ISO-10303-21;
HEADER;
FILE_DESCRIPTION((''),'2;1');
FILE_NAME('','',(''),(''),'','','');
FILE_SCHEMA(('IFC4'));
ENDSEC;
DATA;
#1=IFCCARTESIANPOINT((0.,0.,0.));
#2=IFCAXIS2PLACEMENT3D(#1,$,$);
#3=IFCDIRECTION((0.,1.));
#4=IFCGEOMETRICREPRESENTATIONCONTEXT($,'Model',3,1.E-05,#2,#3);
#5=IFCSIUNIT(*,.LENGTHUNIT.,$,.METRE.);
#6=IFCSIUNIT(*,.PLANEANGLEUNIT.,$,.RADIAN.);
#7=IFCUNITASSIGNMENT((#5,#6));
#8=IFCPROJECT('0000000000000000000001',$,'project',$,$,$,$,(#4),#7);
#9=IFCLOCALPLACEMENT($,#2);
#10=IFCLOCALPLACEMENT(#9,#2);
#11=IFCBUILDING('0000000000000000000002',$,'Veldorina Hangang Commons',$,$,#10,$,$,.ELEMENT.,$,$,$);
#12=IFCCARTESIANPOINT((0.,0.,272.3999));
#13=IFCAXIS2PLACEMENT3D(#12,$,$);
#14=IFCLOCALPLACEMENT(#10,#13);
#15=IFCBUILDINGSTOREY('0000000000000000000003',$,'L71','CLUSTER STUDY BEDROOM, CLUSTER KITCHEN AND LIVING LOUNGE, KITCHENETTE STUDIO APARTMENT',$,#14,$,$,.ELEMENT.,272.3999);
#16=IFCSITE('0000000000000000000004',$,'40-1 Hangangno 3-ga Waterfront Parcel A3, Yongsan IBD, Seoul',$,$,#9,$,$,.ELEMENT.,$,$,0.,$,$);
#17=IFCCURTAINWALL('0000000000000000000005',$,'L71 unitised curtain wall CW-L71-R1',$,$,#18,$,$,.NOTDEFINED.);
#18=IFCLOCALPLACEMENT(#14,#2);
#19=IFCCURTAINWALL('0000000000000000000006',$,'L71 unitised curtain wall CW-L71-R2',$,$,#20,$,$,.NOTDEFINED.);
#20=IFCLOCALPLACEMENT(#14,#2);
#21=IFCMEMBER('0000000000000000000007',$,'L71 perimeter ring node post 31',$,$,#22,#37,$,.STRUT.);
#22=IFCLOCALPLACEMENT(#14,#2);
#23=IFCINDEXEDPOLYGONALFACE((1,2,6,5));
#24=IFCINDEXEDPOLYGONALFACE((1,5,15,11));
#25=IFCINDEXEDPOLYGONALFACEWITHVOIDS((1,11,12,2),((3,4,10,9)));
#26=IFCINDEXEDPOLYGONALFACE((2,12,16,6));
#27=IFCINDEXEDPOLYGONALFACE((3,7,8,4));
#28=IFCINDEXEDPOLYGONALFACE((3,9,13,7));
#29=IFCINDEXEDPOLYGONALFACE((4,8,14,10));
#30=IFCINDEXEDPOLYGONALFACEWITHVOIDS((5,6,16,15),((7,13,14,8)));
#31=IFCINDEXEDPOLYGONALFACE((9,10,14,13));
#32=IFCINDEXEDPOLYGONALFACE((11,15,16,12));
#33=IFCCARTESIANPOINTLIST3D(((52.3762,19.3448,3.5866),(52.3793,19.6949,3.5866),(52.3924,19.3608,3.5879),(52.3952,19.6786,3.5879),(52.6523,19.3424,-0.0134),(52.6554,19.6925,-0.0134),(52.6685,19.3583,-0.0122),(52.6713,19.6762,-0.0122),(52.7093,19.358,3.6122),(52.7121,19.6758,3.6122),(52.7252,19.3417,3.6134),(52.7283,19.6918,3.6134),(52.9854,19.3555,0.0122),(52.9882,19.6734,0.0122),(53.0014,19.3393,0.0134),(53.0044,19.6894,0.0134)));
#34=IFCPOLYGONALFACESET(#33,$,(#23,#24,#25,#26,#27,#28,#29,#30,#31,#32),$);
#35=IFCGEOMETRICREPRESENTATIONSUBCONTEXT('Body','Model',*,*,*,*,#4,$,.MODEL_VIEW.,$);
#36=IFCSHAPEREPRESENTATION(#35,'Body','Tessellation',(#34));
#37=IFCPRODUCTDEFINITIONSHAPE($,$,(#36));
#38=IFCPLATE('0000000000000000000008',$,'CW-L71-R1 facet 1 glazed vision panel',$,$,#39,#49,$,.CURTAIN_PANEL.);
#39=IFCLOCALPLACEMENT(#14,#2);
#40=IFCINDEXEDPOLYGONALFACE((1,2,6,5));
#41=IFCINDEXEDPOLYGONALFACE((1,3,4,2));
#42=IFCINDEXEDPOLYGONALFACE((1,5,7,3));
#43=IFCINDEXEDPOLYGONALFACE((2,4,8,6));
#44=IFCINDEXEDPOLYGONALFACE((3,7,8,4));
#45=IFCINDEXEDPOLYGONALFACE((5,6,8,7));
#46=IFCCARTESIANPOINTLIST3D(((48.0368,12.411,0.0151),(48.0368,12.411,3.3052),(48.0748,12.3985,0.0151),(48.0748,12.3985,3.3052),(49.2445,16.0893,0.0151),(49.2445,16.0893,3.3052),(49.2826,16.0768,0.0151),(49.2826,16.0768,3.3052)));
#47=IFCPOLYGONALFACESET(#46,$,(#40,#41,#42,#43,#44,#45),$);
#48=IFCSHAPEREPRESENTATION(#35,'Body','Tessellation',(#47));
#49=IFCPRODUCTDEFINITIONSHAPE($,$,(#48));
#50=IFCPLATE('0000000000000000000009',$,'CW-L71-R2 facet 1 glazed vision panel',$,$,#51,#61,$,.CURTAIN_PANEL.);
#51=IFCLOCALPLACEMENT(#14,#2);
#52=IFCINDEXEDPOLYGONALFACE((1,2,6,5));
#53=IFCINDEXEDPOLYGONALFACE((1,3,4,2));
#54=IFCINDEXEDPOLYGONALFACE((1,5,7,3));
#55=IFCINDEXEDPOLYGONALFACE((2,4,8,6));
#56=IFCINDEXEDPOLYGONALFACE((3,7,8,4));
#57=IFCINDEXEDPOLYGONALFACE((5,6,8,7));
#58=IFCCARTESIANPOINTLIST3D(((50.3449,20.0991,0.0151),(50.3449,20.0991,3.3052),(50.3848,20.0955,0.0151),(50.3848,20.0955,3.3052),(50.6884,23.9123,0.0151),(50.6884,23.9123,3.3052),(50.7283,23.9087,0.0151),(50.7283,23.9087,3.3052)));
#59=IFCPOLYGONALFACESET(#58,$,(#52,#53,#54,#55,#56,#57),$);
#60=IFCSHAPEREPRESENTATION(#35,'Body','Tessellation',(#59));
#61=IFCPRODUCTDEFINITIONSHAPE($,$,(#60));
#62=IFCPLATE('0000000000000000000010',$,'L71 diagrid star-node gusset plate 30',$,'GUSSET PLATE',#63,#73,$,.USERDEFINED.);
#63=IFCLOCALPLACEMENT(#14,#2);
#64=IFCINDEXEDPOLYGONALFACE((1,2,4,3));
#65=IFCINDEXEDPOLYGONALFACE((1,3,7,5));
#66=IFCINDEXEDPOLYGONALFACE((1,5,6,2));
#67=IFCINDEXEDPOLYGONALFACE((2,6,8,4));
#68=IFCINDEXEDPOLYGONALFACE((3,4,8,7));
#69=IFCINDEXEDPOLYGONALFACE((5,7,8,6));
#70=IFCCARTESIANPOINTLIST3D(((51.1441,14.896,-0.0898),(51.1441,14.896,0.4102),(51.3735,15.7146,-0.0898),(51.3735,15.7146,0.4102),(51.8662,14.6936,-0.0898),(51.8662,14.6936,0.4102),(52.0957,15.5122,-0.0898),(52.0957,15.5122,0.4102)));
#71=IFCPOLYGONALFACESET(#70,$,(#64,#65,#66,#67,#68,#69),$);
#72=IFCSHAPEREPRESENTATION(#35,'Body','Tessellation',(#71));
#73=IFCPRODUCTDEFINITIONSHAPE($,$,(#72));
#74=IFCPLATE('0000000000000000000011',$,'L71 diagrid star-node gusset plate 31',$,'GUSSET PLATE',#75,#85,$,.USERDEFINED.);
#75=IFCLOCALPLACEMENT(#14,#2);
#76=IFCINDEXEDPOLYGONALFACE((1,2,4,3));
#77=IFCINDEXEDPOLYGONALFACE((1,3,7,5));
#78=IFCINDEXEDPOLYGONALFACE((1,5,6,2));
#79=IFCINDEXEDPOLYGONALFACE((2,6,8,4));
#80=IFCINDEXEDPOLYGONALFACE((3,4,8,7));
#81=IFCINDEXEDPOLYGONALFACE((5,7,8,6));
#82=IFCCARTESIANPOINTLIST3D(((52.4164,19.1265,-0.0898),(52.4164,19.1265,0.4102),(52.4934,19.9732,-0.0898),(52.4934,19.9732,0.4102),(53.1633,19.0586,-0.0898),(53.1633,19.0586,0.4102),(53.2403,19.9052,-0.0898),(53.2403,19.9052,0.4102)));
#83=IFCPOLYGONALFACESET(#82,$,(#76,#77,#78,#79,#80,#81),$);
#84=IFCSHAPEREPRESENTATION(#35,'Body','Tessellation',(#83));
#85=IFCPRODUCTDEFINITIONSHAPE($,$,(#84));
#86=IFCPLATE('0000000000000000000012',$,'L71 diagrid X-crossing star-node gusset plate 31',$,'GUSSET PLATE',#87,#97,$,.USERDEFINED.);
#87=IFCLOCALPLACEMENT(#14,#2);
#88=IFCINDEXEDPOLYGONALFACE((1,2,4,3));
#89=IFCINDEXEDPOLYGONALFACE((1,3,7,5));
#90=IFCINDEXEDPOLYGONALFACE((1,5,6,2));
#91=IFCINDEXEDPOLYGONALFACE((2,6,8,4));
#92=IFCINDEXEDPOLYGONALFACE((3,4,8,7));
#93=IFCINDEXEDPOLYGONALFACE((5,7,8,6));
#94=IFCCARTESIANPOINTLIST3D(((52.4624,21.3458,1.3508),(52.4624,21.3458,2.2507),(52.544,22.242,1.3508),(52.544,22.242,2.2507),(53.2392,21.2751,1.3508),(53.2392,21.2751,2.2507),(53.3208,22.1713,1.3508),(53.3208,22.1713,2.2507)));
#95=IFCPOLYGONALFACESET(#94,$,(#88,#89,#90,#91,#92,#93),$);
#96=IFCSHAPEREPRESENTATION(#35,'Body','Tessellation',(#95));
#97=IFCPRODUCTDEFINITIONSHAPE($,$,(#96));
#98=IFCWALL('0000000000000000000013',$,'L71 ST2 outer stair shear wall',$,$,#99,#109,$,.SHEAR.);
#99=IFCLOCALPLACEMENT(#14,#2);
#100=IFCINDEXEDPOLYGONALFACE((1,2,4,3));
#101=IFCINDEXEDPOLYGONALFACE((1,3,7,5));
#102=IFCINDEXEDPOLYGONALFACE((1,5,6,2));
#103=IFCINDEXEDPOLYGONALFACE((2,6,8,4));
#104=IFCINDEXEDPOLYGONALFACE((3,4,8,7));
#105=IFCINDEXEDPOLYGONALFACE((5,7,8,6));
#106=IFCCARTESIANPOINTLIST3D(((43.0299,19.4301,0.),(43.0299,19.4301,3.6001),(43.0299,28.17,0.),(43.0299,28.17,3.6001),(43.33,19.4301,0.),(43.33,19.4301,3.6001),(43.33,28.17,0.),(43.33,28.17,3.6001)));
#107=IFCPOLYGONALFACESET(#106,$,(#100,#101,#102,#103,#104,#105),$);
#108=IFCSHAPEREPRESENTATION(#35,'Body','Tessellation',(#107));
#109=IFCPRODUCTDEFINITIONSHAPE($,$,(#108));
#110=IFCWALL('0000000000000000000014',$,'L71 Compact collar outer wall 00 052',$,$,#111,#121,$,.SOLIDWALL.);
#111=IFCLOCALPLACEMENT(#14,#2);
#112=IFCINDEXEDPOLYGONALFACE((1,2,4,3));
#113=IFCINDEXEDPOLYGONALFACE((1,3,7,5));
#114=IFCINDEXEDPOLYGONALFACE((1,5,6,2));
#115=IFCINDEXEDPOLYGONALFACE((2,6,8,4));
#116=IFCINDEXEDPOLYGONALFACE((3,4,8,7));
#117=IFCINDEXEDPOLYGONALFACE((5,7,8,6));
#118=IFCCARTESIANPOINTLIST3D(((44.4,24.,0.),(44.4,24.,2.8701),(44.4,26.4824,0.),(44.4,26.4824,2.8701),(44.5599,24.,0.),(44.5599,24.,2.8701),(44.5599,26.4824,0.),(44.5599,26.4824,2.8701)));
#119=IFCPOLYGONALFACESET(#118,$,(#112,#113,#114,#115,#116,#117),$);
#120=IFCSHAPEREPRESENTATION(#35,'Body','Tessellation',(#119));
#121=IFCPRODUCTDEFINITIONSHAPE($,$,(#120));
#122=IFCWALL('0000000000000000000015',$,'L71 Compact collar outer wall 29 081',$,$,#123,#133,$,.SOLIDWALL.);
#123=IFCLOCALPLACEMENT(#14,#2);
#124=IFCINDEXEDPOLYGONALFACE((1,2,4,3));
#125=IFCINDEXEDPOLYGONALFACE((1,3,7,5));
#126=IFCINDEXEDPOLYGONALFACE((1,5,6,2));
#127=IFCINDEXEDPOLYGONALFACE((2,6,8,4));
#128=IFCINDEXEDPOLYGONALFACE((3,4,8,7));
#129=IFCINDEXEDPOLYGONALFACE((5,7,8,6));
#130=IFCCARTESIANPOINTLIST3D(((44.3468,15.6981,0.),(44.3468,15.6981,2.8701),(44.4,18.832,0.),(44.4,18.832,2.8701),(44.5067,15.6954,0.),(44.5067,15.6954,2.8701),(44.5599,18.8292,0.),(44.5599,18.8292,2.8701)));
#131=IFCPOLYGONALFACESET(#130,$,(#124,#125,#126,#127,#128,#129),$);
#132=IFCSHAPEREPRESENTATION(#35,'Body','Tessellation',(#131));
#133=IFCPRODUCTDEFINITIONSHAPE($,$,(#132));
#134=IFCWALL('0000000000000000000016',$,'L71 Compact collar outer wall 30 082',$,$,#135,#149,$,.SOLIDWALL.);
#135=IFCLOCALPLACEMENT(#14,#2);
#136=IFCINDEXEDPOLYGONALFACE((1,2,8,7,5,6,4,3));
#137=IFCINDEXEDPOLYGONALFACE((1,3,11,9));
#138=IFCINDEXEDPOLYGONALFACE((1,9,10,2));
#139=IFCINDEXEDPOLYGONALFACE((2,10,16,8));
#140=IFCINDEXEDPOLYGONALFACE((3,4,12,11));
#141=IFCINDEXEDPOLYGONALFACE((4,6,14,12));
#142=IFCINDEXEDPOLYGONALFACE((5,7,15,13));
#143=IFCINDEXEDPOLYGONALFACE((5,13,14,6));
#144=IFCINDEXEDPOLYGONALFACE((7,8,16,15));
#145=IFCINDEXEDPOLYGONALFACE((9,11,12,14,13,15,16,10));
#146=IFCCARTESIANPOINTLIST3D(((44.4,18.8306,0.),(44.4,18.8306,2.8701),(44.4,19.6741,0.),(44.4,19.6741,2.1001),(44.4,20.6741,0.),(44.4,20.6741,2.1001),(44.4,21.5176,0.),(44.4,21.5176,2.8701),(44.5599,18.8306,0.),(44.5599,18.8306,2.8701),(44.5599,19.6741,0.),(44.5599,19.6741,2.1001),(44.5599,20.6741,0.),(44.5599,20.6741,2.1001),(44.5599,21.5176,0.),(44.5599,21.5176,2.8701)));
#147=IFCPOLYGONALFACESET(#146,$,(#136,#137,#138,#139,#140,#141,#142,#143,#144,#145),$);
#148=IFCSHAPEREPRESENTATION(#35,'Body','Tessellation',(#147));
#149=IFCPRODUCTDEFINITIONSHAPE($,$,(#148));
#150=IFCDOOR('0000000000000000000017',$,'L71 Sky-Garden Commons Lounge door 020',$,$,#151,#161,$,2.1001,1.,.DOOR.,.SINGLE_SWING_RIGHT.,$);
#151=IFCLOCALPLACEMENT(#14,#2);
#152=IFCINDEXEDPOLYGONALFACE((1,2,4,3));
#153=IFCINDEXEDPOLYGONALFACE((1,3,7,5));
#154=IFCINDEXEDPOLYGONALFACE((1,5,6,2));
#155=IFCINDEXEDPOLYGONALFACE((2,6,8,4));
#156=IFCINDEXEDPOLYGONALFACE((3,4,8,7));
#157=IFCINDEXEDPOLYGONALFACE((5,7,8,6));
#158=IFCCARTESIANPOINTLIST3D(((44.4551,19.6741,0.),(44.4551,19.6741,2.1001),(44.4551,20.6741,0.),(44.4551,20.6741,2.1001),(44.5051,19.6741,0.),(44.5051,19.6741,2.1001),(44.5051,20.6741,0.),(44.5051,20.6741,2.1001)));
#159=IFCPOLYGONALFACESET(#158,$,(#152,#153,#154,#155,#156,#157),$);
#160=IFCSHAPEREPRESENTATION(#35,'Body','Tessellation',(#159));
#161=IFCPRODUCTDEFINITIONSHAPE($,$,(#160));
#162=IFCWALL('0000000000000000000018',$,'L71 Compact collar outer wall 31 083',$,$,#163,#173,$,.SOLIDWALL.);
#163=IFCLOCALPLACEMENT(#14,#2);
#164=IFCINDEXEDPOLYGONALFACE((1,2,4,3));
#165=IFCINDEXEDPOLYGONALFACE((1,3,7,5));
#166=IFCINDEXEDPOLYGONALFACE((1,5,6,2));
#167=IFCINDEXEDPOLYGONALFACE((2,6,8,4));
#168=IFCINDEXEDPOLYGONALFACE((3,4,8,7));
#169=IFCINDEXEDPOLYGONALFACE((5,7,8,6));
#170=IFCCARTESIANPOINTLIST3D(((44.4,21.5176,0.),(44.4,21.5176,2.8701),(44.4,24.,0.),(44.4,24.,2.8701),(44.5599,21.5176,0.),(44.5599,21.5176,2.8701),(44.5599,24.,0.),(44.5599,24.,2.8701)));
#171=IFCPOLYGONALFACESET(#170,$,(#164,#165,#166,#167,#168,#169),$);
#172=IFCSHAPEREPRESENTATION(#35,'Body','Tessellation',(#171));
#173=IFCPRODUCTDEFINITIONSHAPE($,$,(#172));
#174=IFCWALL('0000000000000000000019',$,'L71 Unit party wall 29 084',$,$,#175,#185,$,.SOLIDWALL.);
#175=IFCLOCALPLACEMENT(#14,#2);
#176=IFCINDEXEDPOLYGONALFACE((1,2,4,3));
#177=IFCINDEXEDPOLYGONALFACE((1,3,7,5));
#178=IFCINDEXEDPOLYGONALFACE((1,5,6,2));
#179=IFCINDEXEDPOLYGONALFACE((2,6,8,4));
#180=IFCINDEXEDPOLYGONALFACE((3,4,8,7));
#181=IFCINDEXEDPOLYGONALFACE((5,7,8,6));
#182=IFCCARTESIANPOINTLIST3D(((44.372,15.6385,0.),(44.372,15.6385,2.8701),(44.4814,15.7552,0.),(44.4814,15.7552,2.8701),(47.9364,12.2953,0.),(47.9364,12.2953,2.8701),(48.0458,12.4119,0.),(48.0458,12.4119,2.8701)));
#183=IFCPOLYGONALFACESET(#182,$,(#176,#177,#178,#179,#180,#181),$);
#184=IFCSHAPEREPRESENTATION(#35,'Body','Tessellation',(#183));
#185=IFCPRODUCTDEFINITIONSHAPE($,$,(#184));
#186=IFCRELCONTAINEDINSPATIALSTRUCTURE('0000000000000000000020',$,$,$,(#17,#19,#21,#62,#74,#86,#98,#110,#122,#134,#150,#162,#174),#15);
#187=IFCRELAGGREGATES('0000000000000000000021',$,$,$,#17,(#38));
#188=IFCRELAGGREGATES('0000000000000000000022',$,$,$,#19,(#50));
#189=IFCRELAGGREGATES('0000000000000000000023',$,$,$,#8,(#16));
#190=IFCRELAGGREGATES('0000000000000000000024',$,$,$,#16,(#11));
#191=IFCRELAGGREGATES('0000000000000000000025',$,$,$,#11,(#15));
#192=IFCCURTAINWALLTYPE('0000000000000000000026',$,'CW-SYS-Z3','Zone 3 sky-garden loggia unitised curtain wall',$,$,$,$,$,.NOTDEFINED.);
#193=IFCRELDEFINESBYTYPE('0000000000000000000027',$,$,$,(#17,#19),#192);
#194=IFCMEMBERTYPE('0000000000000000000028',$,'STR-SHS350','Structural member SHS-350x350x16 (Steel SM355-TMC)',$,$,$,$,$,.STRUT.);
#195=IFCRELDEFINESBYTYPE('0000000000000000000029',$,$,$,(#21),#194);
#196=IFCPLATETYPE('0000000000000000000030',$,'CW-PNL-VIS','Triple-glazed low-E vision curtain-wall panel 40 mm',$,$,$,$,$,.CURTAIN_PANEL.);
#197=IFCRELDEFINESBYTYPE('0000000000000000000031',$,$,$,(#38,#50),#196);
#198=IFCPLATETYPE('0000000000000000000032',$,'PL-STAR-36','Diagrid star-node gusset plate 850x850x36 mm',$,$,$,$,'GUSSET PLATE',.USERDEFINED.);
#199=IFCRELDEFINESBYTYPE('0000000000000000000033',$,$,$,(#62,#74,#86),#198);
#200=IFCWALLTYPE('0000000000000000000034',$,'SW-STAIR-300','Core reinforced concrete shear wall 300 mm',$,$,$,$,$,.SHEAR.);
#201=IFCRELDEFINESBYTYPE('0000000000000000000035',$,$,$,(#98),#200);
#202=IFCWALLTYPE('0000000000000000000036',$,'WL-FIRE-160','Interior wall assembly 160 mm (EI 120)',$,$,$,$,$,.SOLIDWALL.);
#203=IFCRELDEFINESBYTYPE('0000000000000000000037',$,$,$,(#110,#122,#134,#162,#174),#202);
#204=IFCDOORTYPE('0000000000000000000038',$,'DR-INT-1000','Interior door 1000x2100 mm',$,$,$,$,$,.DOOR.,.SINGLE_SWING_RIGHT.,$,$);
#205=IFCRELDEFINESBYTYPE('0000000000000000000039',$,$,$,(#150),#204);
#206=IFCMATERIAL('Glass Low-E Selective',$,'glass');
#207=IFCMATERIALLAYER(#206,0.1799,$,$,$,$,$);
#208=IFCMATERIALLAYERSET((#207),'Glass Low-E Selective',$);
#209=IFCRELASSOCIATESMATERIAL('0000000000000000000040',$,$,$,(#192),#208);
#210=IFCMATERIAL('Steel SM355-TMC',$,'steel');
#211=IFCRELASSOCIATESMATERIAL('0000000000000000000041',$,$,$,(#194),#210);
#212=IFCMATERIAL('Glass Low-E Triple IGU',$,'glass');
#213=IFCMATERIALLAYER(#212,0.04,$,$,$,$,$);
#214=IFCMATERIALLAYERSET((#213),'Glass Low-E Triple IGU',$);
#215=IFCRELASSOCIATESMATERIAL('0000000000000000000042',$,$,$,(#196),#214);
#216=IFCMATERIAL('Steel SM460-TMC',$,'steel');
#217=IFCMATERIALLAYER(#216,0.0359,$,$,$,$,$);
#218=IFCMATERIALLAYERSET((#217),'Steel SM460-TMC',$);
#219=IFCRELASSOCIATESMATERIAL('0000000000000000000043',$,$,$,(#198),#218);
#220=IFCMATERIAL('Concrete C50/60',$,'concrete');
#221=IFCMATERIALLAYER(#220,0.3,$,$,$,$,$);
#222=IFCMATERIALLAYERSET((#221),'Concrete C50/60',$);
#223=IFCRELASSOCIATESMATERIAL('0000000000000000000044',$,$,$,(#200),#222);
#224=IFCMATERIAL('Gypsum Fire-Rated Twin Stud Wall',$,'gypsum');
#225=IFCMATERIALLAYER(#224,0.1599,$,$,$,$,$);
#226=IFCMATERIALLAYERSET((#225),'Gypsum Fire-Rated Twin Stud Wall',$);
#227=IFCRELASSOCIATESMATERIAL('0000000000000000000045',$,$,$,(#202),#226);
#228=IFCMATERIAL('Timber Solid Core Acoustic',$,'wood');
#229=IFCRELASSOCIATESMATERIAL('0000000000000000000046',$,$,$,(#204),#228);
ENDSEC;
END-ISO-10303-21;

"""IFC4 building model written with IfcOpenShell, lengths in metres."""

from ifc_helpers import new_model, si_unit, direction, frame, frame_2d, origin, origin_2d, place, context, subcontext, project, spatial, rectangle, hollow_rectangle, extrude, material, layer, layer_set, material_profile, profile_set, type_object, element, fill, aggregate, save


model = new_model("IFC4")

# Units and contexts
model_context = context("Model", 3, precision=1e-05, world=origin(), true_north=direction((0.0, 1.0)))
body_context = subcontext(model_context, "Body", "Model", "MODEL_VIEW")
ifc_project = project(units=[si_unit("LENGTHUNIT", "METRE"), si_unit("PLANEANGLEUNIT", "RADIAN")], contexts=[model_context])

# Site, building, storey
site_placement = place(None, origin())
site = spatial("IfcSite", under=ifc_project, at=site_placement, Name="40-1 Hangangno 3-ga Waterfront Parcel A3, Yongsan IBD, Seoul", CompositionType="ELEMENT", RefElevation=0.0)
building_placement = place(site_placement, origin())
building = spatial("IfcBuilding", under=site, at=building_placement, Name="Veldorina Hangang Commons", CompositionType="ELEMENT")
storey_placement = place(building_placement, frame((0.0, 0.0, 272.3999)))
storey = spatial("IfcBuildingStorey", under=building, at=storey_placement, Name="L71", Description="CLUSTER STUDY BEDROOM, CLUSTER KITCHEN AND LIVING LOUNGE, KITCHENETTE STUDIO APARTMENT", CompositionType="ELEMENT", Elevation=272.3999)

# Shared definitions
ifc_material_1 = material(Name="Steel SM355-TMC", Category="steel")

# Curtain wall
ifc_material_2 = material(Name="Glass Low-E Selective", Category="glass")
ifc_layer_1 = layer(ifc_material_2, 0.1799)
ifc_layer_set_1 = layer_set([ifc_layer_1], Name="Glass Low-E Selective")
curtain_wall_type = type_object("IfcCurtainWallType", Name="CW-SYS-Z3", Description="Zone 3 sky-garden loggia unitised curtain wall", PredefinedType="NOTDEFINED", material=ifc_layer_set_1)
curtain_wall_1_placement = place(storey_placement, origin())
curtain_wall_1 = element("IfcCurtainWall", 1, at=curtain_wall_1_placement, inside=storey, type_object=curtain_wall_type, Name="L71 unitised curtain wall CW-L71-R1", PredefinedType="NOTDEFINED")

# Curtain wall
curtain_wall_2_placement = place(storey_placement, origin())
curtain_wall_2 = element("IfcCurtainWall", 2, at=curtain_wall_2_placement, inside=storey, type_object=curtain_wall_type, Name="L71 unitised curtain wall CW-L71-R2", PredefinedType="NOTDEFINED")

# Member
ifc_material_profile_1 = material_profile(ifc_material_1, hollow_rectangle(XDim=0.3501, YDim=0.3501, WallThickness=0.0161, at=origin_2d()), Name="SHS-350x350x16")
ifc_profile_set_1 = profile_set([ifc_material_profile_1], Name="Steel SM355-TMC")
member_type_1 = type_object("IfcMemberType", Name="STR-SHS350", Description="Structural member SHS-350x350x16 (Steel SM355-TMC)", PredefinedType="STRUT", material=ifc_profile_set_1)
member_1_placement = place(storey_placement, frame((52.8284, 19.5159, 0.0), z_axis=(-0.076474, 0.000676, 0.997071), x_axis=(-0.008841, -0.999961, 0.0)))
element("IfcMember", 3, at=member_1_placement, inside=storey, type_object=member_type_1, Name="L71 perimeter ring node post 31", PredefinedType="STRUT", context=body_context, shape_type="SweptSolid", body=[
    extrude(hollow_rectangle(XDim=0.3501, YDim=0.3501, WallThickness=0.0161, at=origin_2d()), origin(), (0.0, 0.0, 1.0), 3.6106),
])

# Plates
ifc_material_3 = material(Name="Glass Low-E Triple IGU", Category="glass")
ifc_layer_2 = layer(ifc_material_3, 0.04)
ifc_layer_set_2 = layer_set([ifc_layer_2], Name="Glass Low-E Triple IGU")
plate_type_1 = type_object("IfcPlateType", Name="CW-PNL-VIS", Description="Triple-glazed low-E vision curtain-wall panel 40 mm", PredefinedType="CURTAIN_PANEL", material=ifc_layer_set_2)
plate_1_placement = place(storey_placement, frame((48.6597, 14.2439, 0.0151), z_axis=(0.0, 0.0, 1.0), x_axis=(0.311954, 0.950097, 0.0)))
plate_1 = element("IfcPlate", 4, at=plate_1_placement, type_object=plate_type_1, Name="CW-L71-R1 facet 1 glazed vision panel", PredefinedType="CURTAIN_PANEL", context=body_context, shape_type="SweptSolid", body=[
    extrude(rectangle(XDim=3.8716, YDim=0.04, at=origin_2d()), origin(), (0.0, 0.0, 1.0), 3.29),
])
aggregate(curtain_wall_1, [plate_1])
plate_2_placement = place(storey_placement, frame((50.5366, 22.0039, 0.0151), z_axis=(0.0, 0.0, 1.0), x_axis=(0.089711, 0.995968, 0.0)))
plate_2 = element("IfcPlate", 5, at=plate_2_placement, type_object=plate_type_1, Name="CW-L71-R2 facet 1 glazed vision panel", PredefinedType="CURTAIN_PANEL", context=body_context, shape_type="SweptSolid", body=[
    extrude(rectangle(XDim=3.8286, YDim=0.04, at=origin_2d()), origin(), (0.0, 0.0, 1.0), 3.29),
])
aggregate(curtain_wall_2, [plate_2])

# Plates
ifc_material_4 = material(Name="Steel SM460-TMC", Category="steel")
ifc_layer_3 = layer(ifc_material_4, 0.0359)
ifc_layer_set_3 = layer_set([ifc_layer_3], Name="Steel SM460-TMC")
plate_type_2 = type_object("IfcPlateType", Name="PL-STAR-36", Description="Diagrid star-node gusset plate 850x850x36 mm", ElementType="GUSSET PLATE", PredefinedType="USERDEFINED", material=ifc_layer_set_3)
for number, where, z_axis, x_axis, name in (
    (6, (51.6199, 15.2041, -0.0898), (0.0, 0.0, 1.0), (0.269878, 0.962895, 0.0), "L71 diagrid star-node gusset plate 30"),
    (7, (52.8284, 19.5159, -0.0898), (0.0, 0.0, 1.0), (0.090615, 0.995886, 0.0), "L71 diagrid star-node gusset plate 31"),
):
    element("IfcPlate", number, at=place(storey_placement, frame(where, z_axis=z_axis, x_axis=x_axis)), inside=storey, type_object=plate_type_2, Name=name, ObjectType="GUSSET PLATE", PredefinedType="USERDEFINED", context=body_context, shape_type="SweptSolid", body=[
        extrude(rectangle(XDim=0.8501, YDim=0.75, at=origin_2d()), origin(), (0.0, 0.0, 1.0), 0.5),
    ])
plate_3_placement = place(storey_placement, frame((52.8916, 21.7585, 1.3508), z_axis=(0.0, 0.0, 1.0), x_axis=(0.090615, 0.995886, 0.0)))
element("IfcPlate", 8, at=plate_3_placement, inside=storey, type_object=plate_type_2, Name="L71 diagrid X-crossing star-node gusset plate 31", ObjectType="GUSSET PLATE", PredefinedType="USERDEFINED", context=body_context, shape_type="SweptSolid", body=[
    extrude(rectangle(XDim=0.8999, YDim=0.78, at=origin_2d()), origin(), (0.0, 0.0, 1.0), 0.8999),
])

# Walls
ifc_material_5 = material(Name="Concrete C50/60", Category="concrete")
ifc_layer_4 = layer(ifc_material_5, 0.3)
ifc_layer_set_4 = layer_set([ifc_layer_4], Name="Concrete C50/60")
wall_type_1 = type_object("IfcWallType", Name="SW-STAIR-300", Description="Core reinforced concrete shear wall 300 mm", PredefinedType="SHEAR", material=ifc_layer_set_4)
wall_1_placement = place(storey_placement, frame((43.1799, 19.4299, 0.0), z_axis=(0.0, 0.0, 1.0), x_axis=(0.0, 1.0, 0.0)))
element("IfcWall", 9, at=wall_1_placement, inside=storey, type_object=wall_type_1, Name="L71 ST2 outer stair shear wall", PredefinedType="SHEAR", context=body_context, shape_type="SweptSolid", body=[
    extrude(rectangle(XDim=8.74, YDim=0.3, at=frame_2d((4.3701, 0.0))), origin(), (0.0, 0.0, 1.0), 3.6001),
])
ifc_material_6 = material(Name="Gypsum Fire-Rated Twin Stud Wall", Category="gypsum")
ifc_layer_5 = layer(ifc_material_6, 0.1599)
ifc_layer_set_5 = layer_set([ifc_layer_5], Name="Gypsum Fire-Rated Twin Stud Wall")
wall_type_2 = type_object("IfcWallType", Name="WL-FIRE-160", Description="Interior wall assembly 160 mm (EI 120)", PredefinedType="SOLIDWALL", material=ifc_layer_set_5)
wall_2_placement = place(storey_placement, frame((44.48, 24.0, 0.0), z_axis=(0.0, 0.0, 1.0), x_axis=(0.0, 1.0, 0.0)))
element("IfcWall", 10, at=wall_2_placement, inside=storey, type_object=wall_type_2, Name="L71 Compact collar outer wall 00 052", PredefinedType="SOLIDWALL", context=body_context, shape_type="SweptSolid", body=[
    extrude(rectangle(XDim=2.4824, YDim=0.1599, at=frame_2d((1.2412, 0.0))), origin(), (0.0, 0.0, 1.0), 2.8701),
])
wall_3_placement = place(storey_placement, frame((44.4268, 15.6968, 0.0), z_axis=(0.0, 0.0, 1.0), x_axis=(0.016981, 0.999856, 0.0)))
element("IfcWall", 11, at=wall_3_placement, inside=storey, type_object=wall_type_2, Name="L71 Compact collar outer wall 29 081", PredefinedType="SOLIDWALL", context=body_context, shape_type="SweptSolid", body=[
    extrude(rectangle(XDim=3.1343, YDim=0.1599, at=frame_2d((1.5671, 0.0))), origin(), (0.0, 0.0, 1.0), 2.8701),
])

# Wall, opening, door
wall_4_placement = place(storey_placement, frame((44.48, 18.8306, 0.0), z_axis=(0.0, 0.0, 1.0), x_axis=(0.0, 1.0, 0.0)))
wall_4 = element("IfcWall", 12, at=wall_4_placement, inside=storey, type_object=wall_type_2, Name="L71 Compact collar outer wall 30 082", PredefinedType="SOLIDWALL", context=body_context, shape_type="SweptSolid", body=[
    extrude(rectangle(XDim=2.687, YDim=0.1599, at=frame_2d((1.3435, 0.0))), origin(), (0.0, 0.0, 1.0), 2.8701),
])
opening_1_placement = place(wall_4_placement, frame((0.8435, 0.0, 0.0)))
opening_1 = element("IfcOpeningElement", 13, at=opening_1_placement, cuts=wall_4, PredefinedType="OPENING", context=body_context, shape_type="SweptSolid", body=[
    extrude(rectangle(XDim=1.0, YDim=2.1001, at=frame_2d((0.5, 1.05))), frame((0.0, 0.0898, 0.0), z_axis=(0.0, -1.0, 0.0), x_axis=(1.0, 0.0, 0.0)), (0.0, 0.0, 1.0), 0.1799),
])
ifc_material_7 = material(Name="Timber Solid Core Acoustic", Category="wood")
door_type_1 = type_object("IfcDoorType", Name="DR-INT-1000", Description="Interior door 1000x2100 mm", OperationType="SINGLE_SWING_RIGHT", PredefinedType="DOOR", material=ifc_material_7)
door_1_placement = place(opening_1_placement, origin())
door_1 = element("IfcDoor", 14, at=door_1_placement, inside=storey, type_object=door_type_1, Name="L71 Sky-Garden Commons Lounge door 020", OperationType="SINGLE_SWING_RIGHT", OverallHeight=2.1001, OverallWidth=1.0, PredefinedType="DOOR", context=body_context, shape_type="SweptSolid", body=[
    extrude(rectangle(XDim=1.0, YDim=2.1001, at=frame_2d((0.5, 1.05))), frame((0.0, 0.0249, 0.0), z_axis=(0.0, -1.0, 0.0), x_axis=(1.0, 0.0, 0.0)), (0.0, 0.0, 1.0), 0.05),
])
fill(opening_1, door_1)

# Walls
wall_5_placement = place(storey_placement, frame((44.48, 21.5176, 0.0), z_axis=(0.0, 0.0, 1.0), x_axis=(0.0, 1.0, 0.0)))
element("IfcWall", 15, at=wall_5_placement, inside=storey, type_object=wall_type_2, Name="L71 Compact collar outer wall 31 083", PredefinedType="SOLIDWALL", context=body_context, shape_type="SweptSolid", body=[
    extrude(rectangle(XDim=2.4824, YDim=0.1599, at=frame_2d((1.2412, 0.0))), origin(), (0.0, 0.0, 1.0), 2.8701),
])
wall_6_placement = place(storey_placement, frame((44.4268, 15.6968, 0.0), z_axis=(0.0, 0.0, 1.0), x_axis=(0.729375, -0.684114, 0.0)))
element("IfcWall", 16, at=wall_6_placement, inside=storey, type_object=wall_type_2, Name="L71 Unit party wall 29 084", PredefinedType="SOLIDWALL", context=body_context, shape_type="SweptSolid", body=[
    extrude(rectangle(XDim=4.887, YDim=0.1599, at=frame_2d((2.4434, 0.0))), origin(), (0.0, 0.0, 1.0), 2.8701),
])

save(model, "model.ifc")
